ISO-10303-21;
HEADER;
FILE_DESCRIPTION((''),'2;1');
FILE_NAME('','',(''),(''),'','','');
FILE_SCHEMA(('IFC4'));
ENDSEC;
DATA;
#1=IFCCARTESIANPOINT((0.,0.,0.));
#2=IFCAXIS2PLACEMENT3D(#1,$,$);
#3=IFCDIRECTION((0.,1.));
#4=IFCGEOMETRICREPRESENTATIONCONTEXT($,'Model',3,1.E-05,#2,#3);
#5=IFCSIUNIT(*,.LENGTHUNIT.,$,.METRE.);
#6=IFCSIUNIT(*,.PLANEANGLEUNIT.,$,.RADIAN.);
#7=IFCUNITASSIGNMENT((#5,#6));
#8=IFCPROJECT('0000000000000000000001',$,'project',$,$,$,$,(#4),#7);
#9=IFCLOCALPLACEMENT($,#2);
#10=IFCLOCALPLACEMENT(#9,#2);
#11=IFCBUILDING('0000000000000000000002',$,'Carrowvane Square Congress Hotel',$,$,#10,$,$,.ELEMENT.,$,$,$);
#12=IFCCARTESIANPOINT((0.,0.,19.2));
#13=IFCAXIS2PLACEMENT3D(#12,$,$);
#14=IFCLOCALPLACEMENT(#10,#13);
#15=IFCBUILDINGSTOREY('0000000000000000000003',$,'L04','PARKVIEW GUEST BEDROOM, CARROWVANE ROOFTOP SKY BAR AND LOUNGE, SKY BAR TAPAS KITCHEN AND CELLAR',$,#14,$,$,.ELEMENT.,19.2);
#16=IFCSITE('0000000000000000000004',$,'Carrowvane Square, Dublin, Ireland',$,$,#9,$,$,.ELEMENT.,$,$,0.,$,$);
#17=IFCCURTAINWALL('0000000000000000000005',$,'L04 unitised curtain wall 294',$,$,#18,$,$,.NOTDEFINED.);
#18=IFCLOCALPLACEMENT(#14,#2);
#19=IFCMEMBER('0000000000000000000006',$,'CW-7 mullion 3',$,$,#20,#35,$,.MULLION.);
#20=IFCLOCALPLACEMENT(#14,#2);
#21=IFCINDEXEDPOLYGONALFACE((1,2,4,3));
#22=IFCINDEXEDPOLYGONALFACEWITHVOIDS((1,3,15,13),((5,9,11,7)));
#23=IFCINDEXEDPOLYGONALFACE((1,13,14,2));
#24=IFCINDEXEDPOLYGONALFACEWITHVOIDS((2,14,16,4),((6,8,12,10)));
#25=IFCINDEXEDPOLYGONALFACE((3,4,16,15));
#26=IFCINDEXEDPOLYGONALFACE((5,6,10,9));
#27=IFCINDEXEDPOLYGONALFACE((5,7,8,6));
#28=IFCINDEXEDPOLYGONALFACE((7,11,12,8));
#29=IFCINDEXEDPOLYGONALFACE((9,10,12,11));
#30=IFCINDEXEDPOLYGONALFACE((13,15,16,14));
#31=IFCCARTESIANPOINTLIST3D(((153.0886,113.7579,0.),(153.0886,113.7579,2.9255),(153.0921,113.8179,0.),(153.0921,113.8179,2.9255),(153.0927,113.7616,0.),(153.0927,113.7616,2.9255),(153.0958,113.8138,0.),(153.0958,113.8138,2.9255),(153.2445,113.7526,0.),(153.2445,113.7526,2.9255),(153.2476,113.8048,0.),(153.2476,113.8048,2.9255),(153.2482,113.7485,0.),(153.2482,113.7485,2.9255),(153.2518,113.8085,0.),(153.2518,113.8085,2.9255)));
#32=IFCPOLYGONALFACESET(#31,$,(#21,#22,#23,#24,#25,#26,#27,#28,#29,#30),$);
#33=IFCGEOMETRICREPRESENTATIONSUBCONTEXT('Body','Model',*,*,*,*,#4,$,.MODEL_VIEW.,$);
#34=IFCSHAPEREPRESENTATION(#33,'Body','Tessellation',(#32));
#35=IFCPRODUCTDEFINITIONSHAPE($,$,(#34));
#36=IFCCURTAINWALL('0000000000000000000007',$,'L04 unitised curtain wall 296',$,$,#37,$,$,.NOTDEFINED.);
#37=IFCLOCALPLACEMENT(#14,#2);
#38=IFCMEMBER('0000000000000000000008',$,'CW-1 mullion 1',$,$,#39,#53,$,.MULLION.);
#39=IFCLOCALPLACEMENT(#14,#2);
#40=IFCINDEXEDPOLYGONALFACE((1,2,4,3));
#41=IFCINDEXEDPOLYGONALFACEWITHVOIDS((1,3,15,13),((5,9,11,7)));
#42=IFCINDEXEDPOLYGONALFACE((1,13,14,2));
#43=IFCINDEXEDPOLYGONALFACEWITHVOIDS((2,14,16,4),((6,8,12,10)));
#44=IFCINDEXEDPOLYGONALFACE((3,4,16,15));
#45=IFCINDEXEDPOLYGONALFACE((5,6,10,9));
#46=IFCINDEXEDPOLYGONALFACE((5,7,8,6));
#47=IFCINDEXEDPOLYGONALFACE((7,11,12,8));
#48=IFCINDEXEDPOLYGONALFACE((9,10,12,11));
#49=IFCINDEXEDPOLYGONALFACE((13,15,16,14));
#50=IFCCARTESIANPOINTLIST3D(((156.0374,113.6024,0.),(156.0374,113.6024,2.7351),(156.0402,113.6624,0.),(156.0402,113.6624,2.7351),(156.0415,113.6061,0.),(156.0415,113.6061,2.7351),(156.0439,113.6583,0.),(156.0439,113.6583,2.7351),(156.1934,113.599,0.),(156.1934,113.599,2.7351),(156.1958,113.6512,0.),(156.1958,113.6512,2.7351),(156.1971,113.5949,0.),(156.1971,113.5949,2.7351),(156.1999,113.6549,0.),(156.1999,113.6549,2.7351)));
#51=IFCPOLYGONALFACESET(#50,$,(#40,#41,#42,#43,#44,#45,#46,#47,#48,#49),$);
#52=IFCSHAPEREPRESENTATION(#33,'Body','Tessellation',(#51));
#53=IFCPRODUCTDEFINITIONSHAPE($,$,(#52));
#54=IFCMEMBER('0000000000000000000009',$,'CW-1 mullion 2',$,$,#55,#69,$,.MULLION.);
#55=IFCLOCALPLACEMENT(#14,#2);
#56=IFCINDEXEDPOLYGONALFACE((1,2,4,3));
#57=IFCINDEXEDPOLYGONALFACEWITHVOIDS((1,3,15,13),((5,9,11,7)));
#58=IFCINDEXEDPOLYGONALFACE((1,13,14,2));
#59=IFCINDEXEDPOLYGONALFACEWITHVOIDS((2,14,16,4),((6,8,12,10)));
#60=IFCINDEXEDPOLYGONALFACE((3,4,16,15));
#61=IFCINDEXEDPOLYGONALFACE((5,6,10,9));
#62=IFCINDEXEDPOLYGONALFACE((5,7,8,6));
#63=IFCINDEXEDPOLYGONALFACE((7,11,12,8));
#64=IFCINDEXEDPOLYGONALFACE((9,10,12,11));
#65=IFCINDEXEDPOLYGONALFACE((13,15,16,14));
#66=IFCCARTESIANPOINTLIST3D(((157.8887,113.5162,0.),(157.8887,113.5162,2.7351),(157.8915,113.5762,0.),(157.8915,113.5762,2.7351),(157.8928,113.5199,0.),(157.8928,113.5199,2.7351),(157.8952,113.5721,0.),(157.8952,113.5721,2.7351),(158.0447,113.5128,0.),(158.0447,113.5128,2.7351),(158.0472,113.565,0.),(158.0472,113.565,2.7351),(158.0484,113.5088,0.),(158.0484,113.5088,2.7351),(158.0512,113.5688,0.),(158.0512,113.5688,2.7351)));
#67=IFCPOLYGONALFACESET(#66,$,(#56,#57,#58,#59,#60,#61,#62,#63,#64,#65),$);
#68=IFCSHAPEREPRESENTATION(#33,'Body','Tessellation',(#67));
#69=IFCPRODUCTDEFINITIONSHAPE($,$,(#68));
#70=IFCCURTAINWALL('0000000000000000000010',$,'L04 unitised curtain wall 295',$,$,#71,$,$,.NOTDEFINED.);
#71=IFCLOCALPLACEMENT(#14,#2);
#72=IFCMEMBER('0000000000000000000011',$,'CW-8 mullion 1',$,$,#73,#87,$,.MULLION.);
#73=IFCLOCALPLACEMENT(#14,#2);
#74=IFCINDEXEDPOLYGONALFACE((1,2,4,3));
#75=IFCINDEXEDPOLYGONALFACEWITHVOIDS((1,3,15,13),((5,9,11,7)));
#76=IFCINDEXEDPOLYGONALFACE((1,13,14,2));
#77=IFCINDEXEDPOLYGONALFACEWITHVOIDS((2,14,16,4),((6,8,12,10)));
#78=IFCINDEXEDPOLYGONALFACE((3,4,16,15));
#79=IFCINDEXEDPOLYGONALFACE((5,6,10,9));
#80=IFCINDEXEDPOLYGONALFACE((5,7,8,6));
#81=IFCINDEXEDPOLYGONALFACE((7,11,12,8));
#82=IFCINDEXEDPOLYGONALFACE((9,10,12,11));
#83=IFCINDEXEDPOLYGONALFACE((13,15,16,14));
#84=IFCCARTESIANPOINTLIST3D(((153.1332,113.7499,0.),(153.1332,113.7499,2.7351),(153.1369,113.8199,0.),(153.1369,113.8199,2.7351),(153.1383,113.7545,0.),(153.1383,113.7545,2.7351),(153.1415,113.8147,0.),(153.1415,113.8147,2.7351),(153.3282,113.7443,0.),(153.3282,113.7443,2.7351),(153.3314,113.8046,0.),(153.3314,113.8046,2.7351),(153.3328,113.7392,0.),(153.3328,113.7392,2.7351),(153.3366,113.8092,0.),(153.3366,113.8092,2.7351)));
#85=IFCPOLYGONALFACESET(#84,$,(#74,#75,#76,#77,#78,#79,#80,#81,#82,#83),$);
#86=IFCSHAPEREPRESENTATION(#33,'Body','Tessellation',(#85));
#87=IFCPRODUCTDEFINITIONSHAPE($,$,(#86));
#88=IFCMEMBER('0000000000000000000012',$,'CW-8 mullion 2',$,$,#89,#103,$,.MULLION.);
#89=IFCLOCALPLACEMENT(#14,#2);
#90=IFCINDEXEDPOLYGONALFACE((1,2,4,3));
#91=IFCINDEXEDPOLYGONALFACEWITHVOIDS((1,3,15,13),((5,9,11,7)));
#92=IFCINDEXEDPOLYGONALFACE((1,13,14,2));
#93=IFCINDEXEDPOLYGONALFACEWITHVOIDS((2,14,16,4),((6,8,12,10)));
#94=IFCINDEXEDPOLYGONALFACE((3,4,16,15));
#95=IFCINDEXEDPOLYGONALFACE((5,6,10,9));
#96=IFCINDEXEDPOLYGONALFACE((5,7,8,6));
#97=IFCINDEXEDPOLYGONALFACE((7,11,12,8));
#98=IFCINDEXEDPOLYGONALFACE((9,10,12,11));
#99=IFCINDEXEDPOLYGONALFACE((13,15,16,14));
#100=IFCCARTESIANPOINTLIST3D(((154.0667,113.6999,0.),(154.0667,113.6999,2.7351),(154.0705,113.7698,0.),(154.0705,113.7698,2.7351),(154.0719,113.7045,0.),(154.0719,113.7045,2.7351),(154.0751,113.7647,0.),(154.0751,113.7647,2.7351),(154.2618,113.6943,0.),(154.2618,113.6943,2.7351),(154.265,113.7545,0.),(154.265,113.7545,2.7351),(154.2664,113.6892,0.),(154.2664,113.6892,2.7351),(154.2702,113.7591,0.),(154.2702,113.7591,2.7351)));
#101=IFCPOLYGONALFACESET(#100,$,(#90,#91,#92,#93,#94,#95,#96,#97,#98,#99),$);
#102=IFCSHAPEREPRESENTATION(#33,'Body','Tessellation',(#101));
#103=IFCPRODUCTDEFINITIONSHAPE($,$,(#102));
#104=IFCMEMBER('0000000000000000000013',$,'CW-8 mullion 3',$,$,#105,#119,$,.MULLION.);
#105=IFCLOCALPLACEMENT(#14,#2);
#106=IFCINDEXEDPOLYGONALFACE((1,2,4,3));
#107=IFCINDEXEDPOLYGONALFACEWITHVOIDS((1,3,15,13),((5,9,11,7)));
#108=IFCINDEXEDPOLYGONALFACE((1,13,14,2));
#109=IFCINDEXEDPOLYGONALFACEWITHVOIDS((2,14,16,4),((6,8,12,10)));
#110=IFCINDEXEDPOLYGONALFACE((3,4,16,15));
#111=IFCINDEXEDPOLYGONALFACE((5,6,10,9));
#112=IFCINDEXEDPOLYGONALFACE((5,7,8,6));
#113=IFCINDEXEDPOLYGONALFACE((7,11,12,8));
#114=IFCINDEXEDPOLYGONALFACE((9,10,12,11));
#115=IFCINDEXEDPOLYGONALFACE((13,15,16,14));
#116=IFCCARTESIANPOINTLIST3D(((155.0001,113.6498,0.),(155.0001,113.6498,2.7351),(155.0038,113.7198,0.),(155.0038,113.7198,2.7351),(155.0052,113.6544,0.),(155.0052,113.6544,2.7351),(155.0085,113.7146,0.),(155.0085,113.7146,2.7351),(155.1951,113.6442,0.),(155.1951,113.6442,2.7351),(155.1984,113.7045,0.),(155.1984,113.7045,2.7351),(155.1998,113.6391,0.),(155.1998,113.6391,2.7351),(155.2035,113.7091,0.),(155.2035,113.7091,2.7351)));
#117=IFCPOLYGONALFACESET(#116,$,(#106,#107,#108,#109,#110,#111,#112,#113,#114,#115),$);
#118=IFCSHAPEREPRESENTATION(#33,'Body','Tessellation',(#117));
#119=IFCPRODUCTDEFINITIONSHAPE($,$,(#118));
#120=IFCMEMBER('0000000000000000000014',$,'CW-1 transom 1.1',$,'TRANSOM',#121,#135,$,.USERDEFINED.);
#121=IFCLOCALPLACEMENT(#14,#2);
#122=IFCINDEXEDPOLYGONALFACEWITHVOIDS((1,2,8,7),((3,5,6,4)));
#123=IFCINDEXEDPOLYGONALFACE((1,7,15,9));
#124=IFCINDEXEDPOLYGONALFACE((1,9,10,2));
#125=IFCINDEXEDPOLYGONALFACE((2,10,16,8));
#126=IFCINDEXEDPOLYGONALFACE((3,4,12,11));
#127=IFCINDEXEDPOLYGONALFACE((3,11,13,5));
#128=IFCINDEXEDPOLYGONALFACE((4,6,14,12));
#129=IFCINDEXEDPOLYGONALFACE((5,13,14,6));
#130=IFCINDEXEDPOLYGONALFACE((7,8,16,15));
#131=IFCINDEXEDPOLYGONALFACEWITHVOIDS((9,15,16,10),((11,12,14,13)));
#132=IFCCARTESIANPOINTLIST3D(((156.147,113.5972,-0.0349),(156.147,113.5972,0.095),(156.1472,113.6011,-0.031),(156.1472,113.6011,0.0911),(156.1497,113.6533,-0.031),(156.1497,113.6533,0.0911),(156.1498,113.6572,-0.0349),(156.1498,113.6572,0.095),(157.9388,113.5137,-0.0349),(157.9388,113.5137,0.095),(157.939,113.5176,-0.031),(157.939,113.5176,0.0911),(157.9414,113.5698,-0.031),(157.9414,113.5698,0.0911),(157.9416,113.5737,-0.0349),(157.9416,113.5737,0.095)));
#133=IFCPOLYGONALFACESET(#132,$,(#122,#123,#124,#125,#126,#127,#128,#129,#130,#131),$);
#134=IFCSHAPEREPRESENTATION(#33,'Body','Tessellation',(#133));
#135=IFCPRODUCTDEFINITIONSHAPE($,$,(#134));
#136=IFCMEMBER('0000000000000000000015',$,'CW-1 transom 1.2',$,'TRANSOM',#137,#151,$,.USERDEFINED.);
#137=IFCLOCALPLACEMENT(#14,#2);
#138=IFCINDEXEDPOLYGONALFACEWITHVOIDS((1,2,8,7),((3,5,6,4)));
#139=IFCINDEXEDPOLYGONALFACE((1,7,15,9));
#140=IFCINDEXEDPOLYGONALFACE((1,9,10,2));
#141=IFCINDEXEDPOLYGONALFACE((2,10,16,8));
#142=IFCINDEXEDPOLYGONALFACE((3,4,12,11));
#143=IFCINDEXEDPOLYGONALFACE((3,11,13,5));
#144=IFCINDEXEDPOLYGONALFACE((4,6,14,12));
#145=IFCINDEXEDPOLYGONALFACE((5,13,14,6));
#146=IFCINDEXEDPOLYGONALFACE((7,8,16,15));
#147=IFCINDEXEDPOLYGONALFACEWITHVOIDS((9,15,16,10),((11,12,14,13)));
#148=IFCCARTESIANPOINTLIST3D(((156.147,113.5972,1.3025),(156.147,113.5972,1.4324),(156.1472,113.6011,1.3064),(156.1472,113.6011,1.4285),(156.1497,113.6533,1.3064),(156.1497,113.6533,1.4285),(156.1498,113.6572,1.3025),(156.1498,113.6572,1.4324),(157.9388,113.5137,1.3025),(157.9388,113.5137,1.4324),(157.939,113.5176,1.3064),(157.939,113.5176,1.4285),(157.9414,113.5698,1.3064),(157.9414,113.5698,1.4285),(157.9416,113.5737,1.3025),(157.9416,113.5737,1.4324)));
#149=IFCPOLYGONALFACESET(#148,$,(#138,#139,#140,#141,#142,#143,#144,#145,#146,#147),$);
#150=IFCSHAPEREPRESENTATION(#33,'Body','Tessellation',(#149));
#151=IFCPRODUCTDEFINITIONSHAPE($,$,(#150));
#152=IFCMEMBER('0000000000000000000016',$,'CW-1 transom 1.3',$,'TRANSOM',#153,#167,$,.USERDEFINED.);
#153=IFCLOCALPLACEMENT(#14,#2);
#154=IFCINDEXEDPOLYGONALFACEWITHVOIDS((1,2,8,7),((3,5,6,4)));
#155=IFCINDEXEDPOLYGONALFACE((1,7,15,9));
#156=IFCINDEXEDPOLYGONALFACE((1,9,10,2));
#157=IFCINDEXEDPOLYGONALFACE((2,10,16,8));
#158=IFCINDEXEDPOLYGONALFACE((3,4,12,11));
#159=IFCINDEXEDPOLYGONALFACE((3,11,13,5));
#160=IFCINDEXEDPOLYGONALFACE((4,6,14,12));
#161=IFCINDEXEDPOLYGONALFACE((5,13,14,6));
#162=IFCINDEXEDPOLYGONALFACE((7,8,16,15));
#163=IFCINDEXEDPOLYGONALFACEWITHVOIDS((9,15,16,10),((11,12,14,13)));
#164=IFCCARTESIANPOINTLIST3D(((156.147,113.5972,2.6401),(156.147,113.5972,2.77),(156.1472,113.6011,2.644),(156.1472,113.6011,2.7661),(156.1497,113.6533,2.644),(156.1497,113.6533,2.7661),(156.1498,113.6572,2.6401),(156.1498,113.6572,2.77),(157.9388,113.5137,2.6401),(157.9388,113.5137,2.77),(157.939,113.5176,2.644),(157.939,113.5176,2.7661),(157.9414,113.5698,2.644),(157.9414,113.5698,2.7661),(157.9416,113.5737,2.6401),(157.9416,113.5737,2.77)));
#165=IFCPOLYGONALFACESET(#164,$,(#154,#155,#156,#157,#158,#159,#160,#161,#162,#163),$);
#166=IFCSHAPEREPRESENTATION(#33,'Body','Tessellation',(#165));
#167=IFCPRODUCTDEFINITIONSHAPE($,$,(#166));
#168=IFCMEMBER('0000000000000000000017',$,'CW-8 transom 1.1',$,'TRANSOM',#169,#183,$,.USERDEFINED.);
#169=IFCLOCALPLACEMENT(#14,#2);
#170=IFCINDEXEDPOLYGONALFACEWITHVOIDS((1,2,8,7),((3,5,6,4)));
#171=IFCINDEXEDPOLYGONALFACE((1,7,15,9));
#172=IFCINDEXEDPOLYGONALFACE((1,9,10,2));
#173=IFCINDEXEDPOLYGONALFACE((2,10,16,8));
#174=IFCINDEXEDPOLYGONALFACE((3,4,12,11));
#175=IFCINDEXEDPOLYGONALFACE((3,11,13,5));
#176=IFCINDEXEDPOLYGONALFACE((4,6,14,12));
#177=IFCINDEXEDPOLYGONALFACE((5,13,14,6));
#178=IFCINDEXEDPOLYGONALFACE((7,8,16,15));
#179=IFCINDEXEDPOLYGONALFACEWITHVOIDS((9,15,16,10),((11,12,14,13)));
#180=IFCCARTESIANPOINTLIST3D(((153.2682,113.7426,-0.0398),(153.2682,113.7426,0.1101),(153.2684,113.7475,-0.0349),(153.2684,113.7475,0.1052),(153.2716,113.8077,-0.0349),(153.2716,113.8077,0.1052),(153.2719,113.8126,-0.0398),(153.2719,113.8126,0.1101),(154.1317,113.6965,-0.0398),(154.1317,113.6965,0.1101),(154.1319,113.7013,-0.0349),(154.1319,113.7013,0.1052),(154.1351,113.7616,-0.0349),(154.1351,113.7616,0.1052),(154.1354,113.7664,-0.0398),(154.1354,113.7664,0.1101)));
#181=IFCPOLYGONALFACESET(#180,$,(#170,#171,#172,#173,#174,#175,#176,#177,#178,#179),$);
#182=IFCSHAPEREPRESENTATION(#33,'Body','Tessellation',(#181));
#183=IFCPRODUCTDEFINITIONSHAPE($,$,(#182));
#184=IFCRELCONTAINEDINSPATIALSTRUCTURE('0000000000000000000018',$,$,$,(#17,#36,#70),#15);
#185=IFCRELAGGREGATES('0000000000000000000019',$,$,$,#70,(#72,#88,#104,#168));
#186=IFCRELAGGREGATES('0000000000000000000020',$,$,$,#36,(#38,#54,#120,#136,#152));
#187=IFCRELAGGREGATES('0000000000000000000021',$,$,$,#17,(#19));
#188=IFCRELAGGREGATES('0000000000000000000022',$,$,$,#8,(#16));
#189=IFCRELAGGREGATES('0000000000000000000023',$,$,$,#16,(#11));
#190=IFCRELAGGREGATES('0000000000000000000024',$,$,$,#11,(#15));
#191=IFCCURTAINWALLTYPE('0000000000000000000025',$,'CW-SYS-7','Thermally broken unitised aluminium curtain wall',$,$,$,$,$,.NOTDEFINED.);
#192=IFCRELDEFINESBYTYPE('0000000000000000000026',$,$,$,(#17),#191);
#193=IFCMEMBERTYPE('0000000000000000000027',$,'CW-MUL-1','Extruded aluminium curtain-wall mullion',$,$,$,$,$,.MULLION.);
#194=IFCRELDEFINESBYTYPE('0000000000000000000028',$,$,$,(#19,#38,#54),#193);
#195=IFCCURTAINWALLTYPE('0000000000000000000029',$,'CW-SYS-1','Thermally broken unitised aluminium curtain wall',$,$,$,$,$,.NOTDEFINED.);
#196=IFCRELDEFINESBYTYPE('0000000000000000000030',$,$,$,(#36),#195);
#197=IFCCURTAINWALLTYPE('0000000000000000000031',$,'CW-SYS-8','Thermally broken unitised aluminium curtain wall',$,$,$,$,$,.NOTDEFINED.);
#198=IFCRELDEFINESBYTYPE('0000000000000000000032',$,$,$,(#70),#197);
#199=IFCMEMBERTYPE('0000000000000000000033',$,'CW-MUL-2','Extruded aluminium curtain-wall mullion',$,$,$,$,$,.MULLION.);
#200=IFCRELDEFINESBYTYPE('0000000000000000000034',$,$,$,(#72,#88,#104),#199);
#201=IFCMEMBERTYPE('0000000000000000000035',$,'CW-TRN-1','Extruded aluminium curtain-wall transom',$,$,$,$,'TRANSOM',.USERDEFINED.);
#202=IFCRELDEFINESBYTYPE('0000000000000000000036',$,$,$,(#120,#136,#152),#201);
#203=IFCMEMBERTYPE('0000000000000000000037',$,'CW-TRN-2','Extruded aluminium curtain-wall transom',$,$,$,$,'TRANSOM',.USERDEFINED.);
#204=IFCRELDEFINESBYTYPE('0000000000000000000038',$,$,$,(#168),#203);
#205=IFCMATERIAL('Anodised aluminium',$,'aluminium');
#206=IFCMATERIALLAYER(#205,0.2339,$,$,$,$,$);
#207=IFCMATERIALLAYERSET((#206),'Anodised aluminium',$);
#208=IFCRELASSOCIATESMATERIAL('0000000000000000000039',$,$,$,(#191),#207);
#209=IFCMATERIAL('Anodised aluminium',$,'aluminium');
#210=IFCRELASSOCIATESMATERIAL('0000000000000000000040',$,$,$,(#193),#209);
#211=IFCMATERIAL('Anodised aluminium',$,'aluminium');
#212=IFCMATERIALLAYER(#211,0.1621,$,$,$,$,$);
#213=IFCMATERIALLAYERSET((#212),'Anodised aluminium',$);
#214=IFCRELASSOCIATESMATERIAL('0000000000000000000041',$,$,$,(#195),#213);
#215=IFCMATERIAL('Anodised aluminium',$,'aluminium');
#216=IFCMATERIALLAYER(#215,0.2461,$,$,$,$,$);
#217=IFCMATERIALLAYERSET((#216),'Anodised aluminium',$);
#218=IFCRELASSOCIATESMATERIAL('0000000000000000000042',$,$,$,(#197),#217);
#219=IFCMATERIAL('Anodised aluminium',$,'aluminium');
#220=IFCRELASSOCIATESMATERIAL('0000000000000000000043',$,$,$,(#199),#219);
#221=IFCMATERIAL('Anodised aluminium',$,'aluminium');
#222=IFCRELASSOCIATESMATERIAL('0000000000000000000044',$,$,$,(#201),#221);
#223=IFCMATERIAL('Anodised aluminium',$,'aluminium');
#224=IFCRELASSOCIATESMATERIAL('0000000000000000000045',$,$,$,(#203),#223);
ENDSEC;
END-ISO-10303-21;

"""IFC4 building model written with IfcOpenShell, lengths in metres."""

from ifc_helpers import new_model, si_unit, direction, frame, origin, origin_2d, place, context, subcontext, project, spatial, hollow_rectangle, extrude, material, layer, layer_set, material_profile, profile_set, type_object, element, aggregate, save


model = new_model("IFC4")

# Units and contexts
model_context = context("Model", 3, precision=1e-05, world=origin(), true_north=direction((0.0, 1.0)))
body_context = subcontext(model_context, "Body", "Model", "MODEL_VIEW")
ifc_project = project(units=[si_unit("LENGTHUNIT", "METRE"), si_unit("PLANEANGLEUNIT", "RADIAN")], contexts=[model_context])

# Site, building, storey
site_placement = place(None, origin())
site = spatial("IfcSite", under=ifc_project, at=site_placement, Name="Carrowvane Square, Dublin, Ireland", CompositionType="ELEMENT", RefElevation=0.0)
building_placement = place(site_placement, origin())
building = spatial("IfcBuilding", under=site, at=building_placement, Name="Carrowvane Square Congress Hotel", CompositionType="ELEMENT")
storey_placement = place(building_placement, frame((0.0, 0.0, 19.2)))
storey = spatial("IfcBuildingStorey", under=building, at=storey_placement, Name="L04", Description="PARKVIEW GUEST BEDROOM, CARROWVANE ROOFTOP SKY BAR AND LOUNGE, SKY BAR TAPAS KITCHEN AND CELLAR", CompositionType="ELEMENT", Elevation=19.2)

# Curtain wall, member
ifc_material_1 = material(Name="Anodised aluminium", Category="aluminium")
ifc_layer_1 = layer(ifc_material_1, 0.2339)
ifc_layer_set_1 = layer_set([ifc_layer_1], Name="Anodised aluminium")
curtain_wall_type_1 = type_object("IfcCurtainWallType", Name="CW-SYS-7", Description="Thermally broken unitised aluminium curtain wall", PredefinedType="NOTDEFINED", material=ifc_layer_set_1)
curtain_wall_1_placement = place(storey_placement, origin())
curtain_wall_1 = element("IfcCurtainWall", 1, at=curtain_wall_1_placement, inside=storey, type_object=curtain_wall_type_1, Name="L04 unitised curtain wall 294", PredefinedType="NOTDEFINED")
ifc_material_2 = material(Name="Anodised aluminium", Category="aluminium")
ifc_material_profile_1 = material_profile(ifc_material_2, hollow_rectangle(XDim=0.0601, YDim=0.1599, WallThickness=0.0039, at=origin_2d()), Name="CW-ML 60x160x4")
ifc_profile_set_1 = profile_set([ifc_material_profile_1], Name="Anodised aluminium")
member_type_1 = type_object("IfcMemberType", Name="CW-MUL-1", Description="Extruded aluminium curtain-wall mullion", PredefinedType="MULLION", material=ifc_profile_set_1)
member_1_placement = place(storey_placement, frame((153.1702, 113.7832, 0.0), z_axis=(0.0, 0.0, 1.0), x_axis=(0.058989, 0.998259, 0.0)))
member_1 = element("IfcMember", 2, at=member_1_placement, type_object=member_type_1, Name="CW-7 mullion 3", PredefinedType="MULLION", context=body_context, shape_type="SweptSolid", body=[
    extrude(hollow_rectangle(XDim=0.0601, YDim=0.1599, WallThickness=0.0039, at=origin_2d()), origin(), (0.0, 0.0, 1.0), 2.9255),
])

# Curtain walls, members
ifc_material_3 = material(Name="Anodised aluminium", Category="aluminium")
ifc_layer_2 = layer(ifc_material_3, 0.1621)
ifc_layer_set_2 = layer_set([ifc_layer_2], Name="Anodised aluminium")
curtain_wall_type_2 = type_object("IfcCurtainWallType", Name="CW-SYS-1", Description="Thermally broken unitised aluminium curtain wall", PredefinedType="NOTDEFINED", material=ifc_layer_set_2)
curtain_wall_2_placement = place(storey_placement, origin())
curtain_wall_2 = element("IfcCurtainWall", 3, at=curtain_wall_2_placement, inside=storey, type_object=curtain_wall_type_2, Name="L04 unitised curtain wall 296", PredefinedType="NOTDEFINED")
member_2_placement = place(storey_placement, frame((156.1187, 113.6287, 0.0), z_axis=(0.0, 0.0, 1.0), x_axis=(0.046522, 0.998917, 0.0)))
member_2 = element("IfcMember", 4, at=member_2_placement, type_object=member_type_1, Name="CW-1 mullion 1", PredefinedType="MULLION", context=body_context, shape_type="SweptSolid", body=[
    extrude(hollow_rectangle(XDim=0.0601, YDim=0.1599, WallThickness=0.0039, at=origin_2d()), origin(), (0.0, 0.0, 1.0), 2.7351),
])
member_3_placement = place(storey_placement, frame((157.97, 113.5425, 0.0), z_axis=(0.0, 0.0, 1.0), x_axis=(0.046522, 0.998917, 0.0)))
member_3 = element("IfcMember", 5, at=member_3_placement, type_object=member_type_1, Name="CW-1 mullion 2", PredefinedType="MULLION", context=body_context, shape_type="SweptSolid", body=[
    extrude(hollow_rectangle(XDim=0.0601, YDim=0.1599, WallThickness=0.0039, at=origin_2d()), origin(), (0.0, 0.0, 1.0), 2.7351),
])
ifc_material_4 = material(Name="Anodised aluminium", Category="aluminium")
ifc_layer_3 = layer(ifc_material_4, 0.2461)
ifc_layer_set_3 = layer_set([ifc_layer_3], Name="Anodised aluminium")
curtain_wall_type_3 = type_object("IfcCurtainWallType", Name="CW-SYS-8", Description="Thermally broken unitised aluminium curtain wall", PredefinedType="NOTDEFINED", material=ifc_layer_set_3)
curtain_wall_3_placement = place(storey_placement, origin())
curtain_wall_3 = element("IfcCurtainWall", 6, at=curtain_wall_3_placement, inside=storey, type_object=curtain_wall_type_3, Name="L04 unitised curtain wall 295", PredefinedType="NOTDEFINED")
ifc_material_5 = material(Name="Anodised aluminium", Category="aluminium")
ifc_material_profile_2 = material_profile(ifc_material_5, hollow_rectangle(XDim=0.0701, YDim=0.2, WallThickness=0.0049, at=origin_2d()), Name="CW-ML 70x200x5")
ifc_profile_set_2 = profile_set([ifc_material_profile_2], Name="Anodised aluminium")
member_type_2 = type_object("IfcMemberType", Name="CW-MUL-2", Description="Extruded aluminium curtain-wall mullion", PredefinedType="MULLION", material=ifc_profile_set_2)
member_4_placement = place(storey_placement, frame((153.2349, 113.7795, 0.0), z_axis=(0.0, 0.0, 1.0), x_axis=(0.053516, 0.998567, 0.0)))
member_4 = element("IfcMember", 7, at=member_4_placement, type_object=member_type_2, Name="CW-8 mullion 1", PredefinedType="MULLION", context=body_context, shape_type="SweptSolid", body=[
    extrude(hollow_rectangle(XDim=0.0701, YDim=0.2, WallThickness=0.0049, at=origin_2d()), origin(), (0.0, 0.0, 1.0), 2.7351),
])
member_5_placement = place(storey_placement, frame((154.1685, 113.7295, 0.0), z_axis=(0.0, 0.0, 1.0), x_axis=(0.053516, 0.998567, 0.0)))
member_5 = element("IfcMember", 8, at=member_5_placement, type_object=member_type_2, Name="CW-8 mullion 2", PredefinedType="MULLION", context=body_context, shape_type="SweptSolid", body=[
    extrude(hollow_rectangle(XDim=0.0701, YDim=0.2, WallThickness=0.0049, at=origin_2d()), origin(), (0.0, 0.0, 1.0), 2.7351),
])
member_6_placement = place(storey_placement, frame((155.1018, 113.6794, 0.0), z_axis=(0.0, 0.0, 1.0), x_axis=(0.053516, 0.998567, 0.0)))
member_6 = element("IfcMember", 9, at=member_6_placement, type_object=member_type_2, Name="CW-8 mullion 3", PredefinedType="MULLION", context=body_context, shape_type="SweptSolid", body=[
    extrude(hollow_rectangle(XDim=0.0701, YDim=0.2, WallThickness=0.0049, at=origin_2d()), origin(), (0.0, 0.0, 1.0), 2.7351),
])

# Members
ifc_material_6 = material(Name="Anodised aluminium", Category="aluminium")
ifc_material_profile_3 = material_profile(ifc_material_6, hollow_rectangle(XDim=0.0601, YDim=0.1299, WallThickness=0.0039, at=origin_2d()), Name="CW-TR 60x130x4")
ifc_profile_set_3 = profile_set([ifc_material_profile_3], Name="Anodised aluminium")
member_type_3 = type_object("IfcMemberType", Name="CW-TRN-1", Description="Extruded aluminium curtain-wall transom", ElementType="TRANSOM", PredefinedType="USERDEFINED", material=ifc_profile_set_3)
member_7_placement = place(storey_placement, frame((156.1484, 113.6272, 0.03), z_axis=(0.998916, -0.04655, 0.0), x_axis=(0.04655, 0.998916, 0.0)))
member_7 = element("IfcMember", 10, at=member_7_placement, type_object=member_type_3, Name="CW-1 transom 1.1", ObjectType="TRANSOM", PredefinedType="USERDEFINED", context=body_context, shape_type="SweptSolid", body=[
    extrude(hollow_rectangle(XDim=0.0601, YDim=0.1299, WallThickness=0.0039, at=origin_2d()), origin(), (0.0, 0.0, 1.0), 1.7937),
])
member_8_placement = place(storey_placement, frame((156.1484, 113.6272, 1.3674), z_axis=(0.998916, -0.04655, 0.0), x_axis=(0.04655, 0.998916, 0.0)))
member_8 = element("IfcMember", 11, at=member_8_placement, type_object=member_type_3, Name="CW-1 transom 1.2", ObjectType="TRANSOM", PredefinedType="USERDEFINED", context=body_context, shape_type="SweptSolid", body=[
    extrude(hollow_rectangle(XDim=0.0601, YDim=0.1299, WallThickness=0.0039, at=origin_2d()), origin(), (0.0, 0.0, 1.0), 1.7937),
])
member_9_placement = place(storey_placement, frame((156.1484, 113.6272, 2.7051), z_axis=(0.998916, -0.04655, 0.0), x_axis=(0.04655, 0.998916, 0.0)))
member_9 = element("IfcMember", 12, at=member_9_placement, type_object=member_type_3, Name="CW-1 transom 1.3", ObjectType="TRANSOM", PredefinedType="USERDEFINED", context=body_context, shape_type="SweptSolid", body=[
    extrude(hollow_rectangle(XDim=0.0601, YDim=0.1299, WallThickness=0.0039, at=origin_2d()), origin(), (0.0, 0.0, 1.0), 1.7937),
])
ifc_material_7 = material(Name="Anodised aluminium", Category="aluminium")
ifc_material_profile_4 = material_profile(ifc_material_7, hollow_rectangle(XDim=0.0701, YDim=0.1499, WallThickness=0.0049, at=origin_2d()), Name="CW-TR 70x150x5")
ifc_profile_set_4 = profile_set([ifc_material_profile_4], Name="Anodised aluminium")
member_type_4 = type_object("IfcMemberType", Name="CW-TRN-2", Description="Extruded aluminium curtain-wall transom", ElementType="TRANSOM", PredefinedType="USERDEFINED", material=ifc_profile_set_4)
member_10_placement = place(storey_placement, frame((153.27, 113.7776, 0.0352), z_axis=(0.998575, -0.053359, 0.0), x_axis=(0.053359, 0.998575, 0.0)))
member_10 = element("IfcMember", 13, at=member_10_placement, type_object=member_type_4, Name="CW-8 transom 1.1", ObjectType="TRANSOM", PredefinedType="USERDEFINED", context=body_context, shape_type="SweptSolid", body=[
    extrude(hollow_rectangle(XDim=0.0701, YDim=0.1499, WallThickness=0.0049, at=origin_2d()), origin(), (0.0, 0.0, 1.0), 0.8647),
])

aggregate(curtain_wall_3, [member_4, member_5, member_6, member_10])
aggregate(curtain_wall_2, [member_2, member_3, member_7, member_8, member_9])
aggregate(curtain_wall_1, [member_1])

save(model, "model.ifc")
